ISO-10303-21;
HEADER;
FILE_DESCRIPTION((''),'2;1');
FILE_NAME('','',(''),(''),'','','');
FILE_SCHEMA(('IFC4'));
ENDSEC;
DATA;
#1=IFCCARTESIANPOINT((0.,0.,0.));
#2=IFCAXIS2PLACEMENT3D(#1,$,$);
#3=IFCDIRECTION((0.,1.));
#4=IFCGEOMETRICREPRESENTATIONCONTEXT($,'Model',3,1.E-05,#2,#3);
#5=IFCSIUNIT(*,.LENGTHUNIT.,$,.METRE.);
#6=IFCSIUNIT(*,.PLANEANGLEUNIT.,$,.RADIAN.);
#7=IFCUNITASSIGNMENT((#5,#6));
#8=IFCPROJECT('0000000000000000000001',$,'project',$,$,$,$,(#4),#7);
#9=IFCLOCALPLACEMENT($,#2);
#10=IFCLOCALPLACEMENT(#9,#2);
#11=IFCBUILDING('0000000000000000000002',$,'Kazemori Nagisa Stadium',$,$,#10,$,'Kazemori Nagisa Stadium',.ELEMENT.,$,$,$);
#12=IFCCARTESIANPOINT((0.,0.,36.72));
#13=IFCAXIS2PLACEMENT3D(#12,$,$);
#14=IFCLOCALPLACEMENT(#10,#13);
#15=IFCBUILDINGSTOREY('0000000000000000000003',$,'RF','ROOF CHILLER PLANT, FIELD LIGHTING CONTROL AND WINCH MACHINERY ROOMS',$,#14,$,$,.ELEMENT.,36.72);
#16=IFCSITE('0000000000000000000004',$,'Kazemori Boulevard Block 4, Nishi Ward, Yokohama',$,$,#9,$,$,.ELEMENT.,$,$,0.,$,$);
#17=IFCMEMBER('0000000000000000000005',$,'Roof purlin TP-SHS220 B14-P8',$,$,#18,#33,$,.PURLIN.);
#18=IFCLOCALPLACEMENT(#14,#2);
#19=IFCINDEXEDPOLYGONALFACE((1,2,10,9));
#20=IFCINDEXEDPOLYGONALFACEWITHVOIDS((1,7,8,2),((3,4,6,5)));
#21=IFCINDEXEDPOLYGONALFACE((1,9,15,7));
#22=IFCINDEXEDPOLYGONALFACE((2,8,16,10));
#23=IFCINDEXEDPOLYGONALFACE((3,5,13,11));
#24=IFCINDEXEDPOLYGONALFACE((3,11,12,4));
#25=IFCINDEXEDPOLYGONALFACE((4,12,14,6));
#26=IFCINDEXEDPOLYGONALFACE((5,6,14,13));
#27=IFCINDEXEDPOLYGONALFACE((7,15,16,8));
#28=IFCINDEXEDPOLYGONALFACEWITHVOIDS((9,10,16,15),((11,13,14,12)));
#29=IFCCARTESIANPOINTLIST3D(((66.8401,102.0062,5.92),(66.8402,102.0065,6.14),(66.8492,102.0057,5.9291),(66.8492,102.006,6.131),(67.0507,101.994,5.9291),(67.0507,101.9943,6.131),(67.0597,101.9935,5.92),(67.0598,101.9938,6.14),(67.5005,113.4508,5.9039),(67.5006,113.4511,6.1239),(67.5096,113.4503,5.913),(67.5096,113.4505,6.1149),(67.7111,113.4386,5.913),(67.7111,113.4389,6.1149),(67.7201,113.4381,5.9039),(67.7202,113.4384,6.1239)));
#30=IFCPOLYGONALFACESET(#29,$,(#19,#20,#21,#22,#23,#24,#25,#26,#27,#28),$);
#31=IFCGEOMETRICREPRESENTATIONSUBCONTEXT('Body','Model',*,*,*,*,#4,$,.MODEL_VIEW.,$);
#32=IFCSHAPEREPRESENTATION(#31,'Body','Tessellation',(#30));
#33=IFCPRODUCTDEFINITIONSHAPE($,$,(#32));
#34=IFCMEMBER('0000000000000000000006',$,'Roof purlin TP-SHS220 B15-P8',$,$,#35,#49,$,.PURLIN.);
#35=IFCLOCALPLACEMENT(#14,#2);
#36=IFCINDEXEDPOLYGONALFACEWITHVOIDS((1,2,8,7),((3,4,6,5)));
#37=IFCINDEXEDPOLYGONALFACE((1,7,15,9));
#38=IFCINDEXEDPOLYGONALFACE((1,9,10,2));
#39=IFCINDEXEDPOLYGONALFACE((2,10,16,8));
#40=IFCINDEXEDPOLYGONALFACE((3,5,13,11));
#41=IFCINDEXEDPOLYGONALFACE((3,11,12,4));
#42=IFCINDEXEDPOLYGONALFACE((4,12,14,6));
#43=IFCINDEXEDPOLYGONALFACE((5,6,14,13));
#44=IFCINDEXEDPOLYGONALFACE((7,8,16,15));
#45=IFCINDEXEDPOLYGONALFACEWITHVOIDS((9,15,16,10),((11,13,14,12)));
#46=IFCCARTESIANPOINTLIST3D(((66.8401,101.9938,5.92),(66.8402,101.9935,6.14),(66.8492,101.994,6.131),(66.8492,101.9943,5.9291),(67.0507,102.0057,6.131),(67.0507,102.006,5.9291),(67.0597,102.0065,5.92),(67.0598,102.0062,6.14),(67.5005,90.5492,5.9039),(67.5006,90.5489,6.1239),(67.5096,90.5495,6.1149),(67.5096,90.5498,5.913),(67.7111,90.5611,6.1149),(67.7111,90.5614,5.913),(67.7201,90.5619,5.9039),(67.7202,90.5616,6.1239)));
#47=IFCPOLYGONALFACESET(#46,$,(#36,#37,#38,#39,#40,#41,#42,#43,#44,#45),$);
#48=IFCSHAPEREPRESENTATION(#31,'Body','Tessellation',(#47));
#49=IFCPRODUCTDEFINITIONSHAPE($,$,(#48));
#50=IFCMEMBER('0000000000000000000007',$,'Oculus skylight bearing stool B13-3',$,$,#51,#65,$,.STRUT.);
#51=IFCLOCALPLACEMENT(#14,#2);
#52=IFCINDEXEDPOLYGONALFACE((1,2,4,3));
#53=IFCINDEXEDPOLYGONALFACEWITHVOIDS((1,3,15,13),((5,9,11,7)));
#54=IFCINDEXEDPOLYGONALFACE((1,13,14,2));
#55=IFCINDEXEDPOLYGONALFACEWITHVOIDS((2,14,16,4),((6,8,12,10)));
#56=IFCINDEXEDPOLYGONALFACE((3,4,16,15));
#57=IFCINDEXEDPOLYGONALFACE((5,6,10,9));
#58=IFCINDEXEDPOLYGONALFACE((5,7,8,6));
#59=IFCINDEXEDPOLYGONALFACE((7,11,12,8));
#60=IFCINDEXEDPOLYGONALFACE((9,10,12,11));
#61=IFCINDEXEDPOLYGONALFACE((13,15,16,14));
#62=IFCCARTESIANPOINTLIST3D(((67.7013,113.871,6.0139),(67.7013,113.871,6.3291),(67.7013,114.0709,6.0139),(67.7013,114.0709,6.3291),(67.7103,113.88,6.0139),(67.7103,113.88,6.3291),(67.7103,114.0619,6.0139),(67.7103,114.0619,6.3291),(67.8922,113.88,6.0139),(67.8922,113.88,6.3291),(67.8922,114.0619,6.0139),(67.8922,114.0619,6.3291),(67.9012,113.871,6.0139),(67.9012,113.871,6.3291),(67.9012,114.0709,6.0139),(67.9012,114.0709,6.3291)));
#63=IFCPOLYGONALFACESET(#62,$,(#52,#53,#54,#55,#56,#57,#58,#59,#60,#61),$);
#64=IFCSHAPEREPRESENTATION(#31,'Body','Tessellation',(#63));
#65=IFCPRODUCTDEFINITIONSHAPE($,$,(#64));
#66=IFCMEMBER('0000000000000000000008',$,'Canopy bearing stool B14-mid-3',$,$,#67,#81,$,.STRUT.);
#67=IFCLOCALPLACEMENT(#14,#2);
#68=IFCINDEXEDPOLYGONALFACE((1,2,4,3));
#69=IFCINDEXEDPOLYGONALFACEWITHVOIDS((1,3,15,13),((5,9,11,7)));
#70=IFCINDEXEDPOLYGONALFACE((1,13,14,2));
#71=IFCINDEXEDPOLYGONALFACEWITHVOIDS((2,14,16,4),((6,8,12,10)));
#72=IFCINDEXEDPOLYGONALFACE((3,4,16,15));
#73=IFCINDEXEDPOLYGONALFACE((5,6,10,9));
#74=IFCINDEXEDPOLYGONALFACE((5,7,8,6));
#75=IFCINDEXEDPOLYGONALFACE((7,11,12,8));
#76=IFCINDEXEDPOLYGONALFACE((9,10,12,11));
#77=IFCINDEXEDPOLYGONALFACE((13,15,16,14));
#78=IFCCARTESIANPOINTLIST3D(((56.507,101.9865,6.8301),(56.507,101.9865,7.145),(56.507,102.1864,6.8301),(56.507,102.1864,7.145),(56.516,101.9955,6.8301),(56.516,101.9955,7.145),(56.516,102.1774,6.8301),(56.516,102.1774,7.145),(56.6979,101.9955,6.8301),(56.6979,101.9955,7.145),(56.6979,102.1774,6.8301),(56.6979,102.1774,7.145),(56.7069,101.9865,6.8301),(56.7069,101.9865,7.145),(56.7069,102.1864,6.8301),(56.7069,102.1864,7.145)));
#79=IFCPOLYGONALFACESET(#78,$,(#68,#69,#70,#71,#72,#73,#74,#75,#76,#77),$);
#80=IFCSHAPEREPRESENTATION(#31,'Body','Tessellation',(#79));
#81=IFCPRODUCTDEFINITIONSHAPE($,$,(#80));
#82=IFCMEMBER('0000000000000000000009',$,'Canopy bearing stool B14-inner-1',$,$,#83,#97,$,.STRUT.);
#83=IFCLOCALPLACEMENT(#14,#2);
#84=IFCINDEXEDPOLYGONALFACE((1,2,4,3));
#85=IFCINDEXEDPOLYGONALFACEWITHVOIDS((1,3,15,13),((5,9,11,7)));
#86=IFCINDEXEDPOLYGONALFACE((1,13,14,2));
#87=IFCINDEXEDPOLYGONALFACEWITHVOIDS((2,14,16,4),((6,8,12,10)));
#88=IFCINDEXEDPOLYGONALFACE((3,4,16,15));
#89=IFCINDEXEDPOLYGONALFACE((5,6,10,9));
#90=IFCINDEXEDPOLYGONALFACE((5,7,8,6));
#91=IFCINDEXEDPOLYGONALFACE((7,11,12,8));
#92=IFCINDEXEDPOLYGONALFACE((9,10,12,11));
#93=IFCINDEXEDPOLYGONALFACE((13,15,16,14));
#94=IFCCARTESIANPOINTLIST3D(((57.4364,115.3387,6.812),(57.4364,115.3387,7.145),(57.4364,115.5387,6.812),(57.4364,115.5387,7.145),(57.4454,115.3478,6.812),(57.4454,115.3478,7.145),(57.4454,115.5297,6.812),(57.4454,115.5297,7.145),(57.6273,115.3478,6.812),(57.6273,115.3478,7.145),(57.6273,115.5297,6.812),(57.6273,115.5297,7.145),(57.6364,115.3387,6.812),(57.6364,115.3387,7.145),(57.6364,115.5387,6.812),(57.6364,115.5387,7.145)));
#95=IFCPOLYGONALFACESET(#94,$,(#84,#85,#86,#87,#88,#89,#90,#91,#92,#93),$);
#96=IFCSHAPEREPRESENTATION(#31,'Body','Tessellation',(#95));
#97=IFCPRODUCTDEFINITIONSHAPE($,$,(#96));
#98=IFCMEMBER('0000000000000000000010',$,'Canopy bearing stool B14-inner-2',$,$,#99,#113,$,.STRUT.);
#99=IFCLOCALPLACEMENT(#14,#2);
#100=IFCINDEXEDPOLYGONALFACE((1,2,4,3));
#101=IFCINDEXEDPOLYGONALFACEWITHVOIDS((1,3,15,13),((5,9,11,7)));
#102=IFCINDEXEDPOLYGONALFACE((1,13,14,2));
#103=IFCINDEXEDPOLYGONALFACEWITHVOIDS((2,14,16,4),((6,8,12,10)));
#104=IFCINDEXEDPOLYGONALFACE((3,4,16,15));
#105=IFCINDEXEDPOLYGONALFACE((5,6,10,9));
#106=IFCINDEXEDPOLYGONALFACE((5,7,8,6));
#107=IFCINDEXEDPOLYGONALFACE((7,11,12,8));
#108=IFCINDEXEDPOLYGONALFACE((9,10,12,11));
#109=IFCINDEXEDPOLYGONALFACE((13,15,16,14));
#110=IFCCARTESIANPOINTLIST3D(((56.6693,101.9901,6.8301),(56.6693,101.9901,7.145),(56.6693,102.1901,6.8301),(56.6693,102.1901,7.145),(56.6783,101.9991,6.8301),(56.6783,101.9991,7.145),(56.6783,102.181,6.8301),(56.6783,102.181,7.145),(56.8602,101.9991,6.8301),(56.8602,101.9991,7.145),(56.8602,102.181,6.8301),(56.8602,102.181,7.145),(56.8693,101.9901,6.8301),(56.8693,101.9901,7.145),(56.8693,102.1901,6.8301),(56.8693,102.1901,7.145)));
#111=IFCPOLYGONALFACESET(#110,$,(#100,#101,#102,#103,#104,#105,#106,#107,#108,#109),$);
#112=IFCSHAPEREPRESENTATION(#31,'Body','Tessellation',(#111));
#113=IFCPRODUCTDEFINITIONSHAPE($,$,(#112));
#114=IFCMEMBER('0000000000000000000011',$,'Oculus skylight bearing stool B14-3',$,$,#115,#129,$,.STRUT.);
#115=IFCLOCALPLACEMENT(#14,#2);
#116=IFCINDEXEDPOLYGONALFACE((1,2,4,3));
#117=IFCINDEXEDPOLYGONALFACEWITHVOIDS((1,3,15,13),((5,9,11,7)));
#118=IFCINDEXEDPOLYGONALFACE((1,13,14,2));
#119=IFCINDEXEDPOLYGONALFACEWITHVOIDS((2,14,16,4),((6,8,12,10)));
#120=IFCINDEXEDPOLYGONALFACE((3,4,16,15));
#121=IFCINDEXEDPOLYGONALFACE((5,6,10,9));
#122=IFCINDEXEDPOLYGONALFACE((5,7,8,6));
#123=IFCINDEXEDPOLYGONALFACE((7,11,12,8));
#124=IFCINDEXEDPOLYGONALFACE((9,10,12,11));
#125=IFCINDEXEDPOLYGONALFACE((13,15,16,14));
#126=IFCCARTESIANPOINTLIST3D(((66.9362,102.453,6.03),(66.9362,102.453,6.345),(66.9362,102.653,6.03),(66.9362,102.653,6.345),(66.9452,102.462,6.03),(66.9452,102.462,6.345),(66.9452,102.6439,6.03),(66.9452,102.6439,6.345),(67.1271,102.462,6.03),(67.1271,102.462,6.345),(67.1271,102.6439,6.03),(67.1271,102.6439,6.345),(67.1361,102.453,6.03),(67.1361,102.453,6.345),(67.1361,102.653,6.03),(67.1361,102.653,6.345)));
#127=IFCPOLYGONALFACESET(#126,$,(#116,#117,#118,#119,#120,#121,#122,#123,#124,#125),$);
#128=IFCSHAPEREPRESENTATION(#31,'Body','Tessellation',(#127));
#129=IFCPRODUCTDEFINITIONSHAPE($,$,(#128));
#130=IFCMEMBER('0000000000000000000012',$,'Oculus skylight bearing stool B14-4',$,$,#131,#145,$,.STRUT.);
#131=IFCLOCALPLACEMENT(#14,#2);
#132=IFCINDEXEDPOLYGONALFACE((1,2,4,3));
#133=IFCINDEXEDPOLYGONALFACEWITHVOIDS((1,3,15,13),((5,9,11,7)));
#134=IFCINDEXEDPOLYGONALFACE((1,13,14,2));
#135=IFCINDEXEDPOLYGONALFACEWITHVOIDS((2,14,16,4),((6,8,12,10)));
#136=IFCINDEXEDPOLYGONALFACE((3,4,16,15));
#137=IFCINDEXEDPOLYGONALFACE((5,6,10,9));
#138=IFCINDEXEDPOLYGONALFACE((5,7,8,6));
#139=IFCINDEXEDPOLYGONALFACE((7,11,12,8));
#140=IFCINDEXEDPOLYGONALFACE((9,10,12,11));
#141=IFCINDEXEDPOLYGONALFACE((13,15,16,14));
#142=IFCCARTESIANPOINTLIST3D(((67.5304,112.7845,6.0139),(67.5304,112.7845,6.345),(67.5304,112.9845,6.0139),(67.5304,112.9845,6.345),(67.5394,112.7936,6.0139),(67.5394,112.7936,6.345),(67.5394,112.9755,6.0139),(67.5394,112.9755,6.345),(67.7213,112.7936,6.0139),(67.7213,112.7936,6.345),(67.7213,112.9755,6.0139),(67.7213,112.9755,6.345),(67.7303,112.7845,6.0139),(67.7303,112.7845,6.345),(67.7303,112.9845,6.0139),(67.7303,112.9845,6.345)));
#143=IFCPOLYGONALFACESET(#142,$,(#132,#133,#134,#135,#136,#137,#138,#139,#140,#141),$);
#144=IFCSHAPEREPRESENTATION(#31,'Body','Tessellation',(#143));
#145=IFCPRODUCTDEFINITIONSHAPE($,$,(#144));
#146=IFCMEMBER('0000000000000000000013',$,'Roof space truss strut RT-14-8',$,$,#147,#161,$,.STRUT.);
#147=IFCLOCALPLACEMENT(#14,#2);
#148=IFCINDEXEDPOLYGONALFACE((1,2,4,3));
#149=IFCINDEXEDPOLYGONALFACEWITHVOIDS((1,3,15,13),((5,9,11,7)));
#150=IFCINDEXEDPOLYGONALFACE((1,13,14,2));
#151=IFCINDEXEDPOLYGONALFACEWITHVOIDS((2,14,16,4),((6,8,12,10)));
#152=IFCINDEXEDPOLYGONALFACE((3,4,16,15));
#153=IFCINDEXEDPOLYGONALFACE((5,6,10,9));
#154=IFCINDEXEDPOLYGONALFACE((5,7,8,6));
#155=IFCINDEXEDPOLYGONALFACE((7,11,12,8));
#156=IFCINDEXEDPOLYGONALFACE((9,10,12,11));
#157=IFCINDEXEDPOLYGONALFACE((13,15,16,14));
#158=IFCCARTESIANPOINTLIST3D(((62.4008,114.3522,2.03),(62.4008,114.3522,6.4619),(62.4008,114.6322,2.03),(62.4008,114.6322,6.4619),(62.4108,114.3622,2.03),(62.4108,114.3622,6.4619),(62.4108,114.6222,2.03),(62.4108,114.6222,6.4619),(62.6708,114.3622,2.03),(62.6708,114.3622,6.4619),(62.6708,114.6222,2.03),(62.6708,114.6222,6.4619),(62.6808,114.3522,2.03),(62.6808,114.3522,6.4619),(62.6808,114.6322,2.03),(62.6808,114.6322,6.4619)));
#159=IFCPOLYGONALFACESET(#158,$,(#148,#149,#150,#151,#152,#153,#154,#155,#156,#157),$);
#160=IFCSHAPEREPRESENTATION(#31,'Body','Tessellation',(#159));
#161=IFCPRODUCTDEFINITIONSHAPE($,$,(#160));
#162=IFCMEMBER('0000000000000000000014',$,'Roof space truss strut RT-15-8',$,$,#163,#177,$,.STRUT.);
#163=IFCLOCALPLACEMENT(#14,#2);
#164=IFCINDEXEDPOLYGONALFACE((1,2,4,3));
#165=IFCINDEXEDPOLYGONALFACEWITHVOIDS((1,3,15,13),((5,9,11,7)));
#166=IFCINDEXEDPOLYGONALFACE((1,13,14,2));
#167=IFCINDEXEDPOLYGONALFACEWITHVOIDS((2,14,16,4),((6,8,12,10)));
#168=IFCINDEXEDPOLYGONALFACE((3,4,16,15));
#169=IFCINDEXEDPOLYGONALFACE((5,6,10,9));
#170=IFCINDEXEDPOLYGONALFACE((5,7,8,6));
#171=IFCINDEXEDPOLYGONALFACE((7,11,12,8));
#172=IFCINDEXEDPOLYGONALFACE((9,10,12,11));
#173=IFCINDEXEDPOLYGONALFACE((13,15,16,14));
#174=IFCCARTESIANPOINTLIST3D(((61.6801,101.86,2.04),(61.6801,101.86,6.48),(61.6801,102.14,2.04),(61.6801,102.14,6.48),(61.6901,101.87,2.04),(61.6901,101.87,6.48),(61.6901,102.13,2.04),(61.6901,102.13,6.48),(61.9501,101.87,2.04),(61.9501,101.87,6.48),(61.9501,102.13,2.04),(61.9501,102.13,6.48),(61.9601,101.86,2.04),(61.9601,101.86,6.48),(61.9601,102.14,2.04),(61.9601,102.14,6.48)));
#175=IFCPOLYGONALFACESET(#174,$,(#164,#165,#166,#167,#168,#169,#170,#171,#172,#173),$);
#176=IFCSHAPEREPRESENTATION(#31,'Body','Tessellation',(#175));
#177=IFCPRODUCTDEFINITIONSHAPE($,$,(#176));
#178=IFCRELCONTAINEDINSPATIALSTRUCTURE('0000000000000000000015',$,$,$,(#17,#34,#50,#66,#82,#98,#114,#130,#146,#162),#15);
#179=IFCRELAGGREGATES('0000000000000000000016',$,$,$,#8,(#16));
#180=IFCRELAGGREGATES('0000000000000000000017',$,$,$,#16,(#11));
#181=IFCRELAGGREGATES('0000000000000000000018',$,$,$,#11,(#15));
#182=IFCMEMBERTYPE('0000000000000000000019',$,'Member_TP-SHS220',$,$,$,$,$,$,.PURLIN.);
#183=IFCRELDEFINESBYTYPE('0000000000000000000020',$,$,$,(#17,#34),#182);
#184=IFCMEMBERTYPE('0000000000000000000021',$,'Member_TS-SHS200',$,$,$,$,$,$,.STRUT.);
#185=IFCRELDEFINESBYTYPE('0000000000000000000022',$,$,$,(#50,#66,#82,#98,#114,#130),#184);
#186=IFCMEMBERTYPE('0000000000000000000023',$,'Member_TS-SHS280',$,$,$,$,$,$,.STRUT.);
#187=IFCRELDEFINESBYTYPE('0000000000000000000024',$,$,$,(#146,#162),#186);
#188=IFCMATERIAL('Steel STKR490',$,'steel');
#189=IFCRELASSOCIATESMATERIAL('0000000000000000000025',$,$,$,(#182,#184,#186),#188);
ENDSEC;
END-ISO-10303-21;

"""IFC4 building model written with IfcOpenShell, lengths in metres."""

from ifc_helpers import new_model, si_unit, direction, frame, origin, origin_2d, place, context, subcontext, project, spatial, hollow_rectangle, extrude, material, material_profile, profile_set, type_object, element, save


model = new_model("IFC4")

# Units and contexts
model_context = context("Model", 3, precision=1e-05, world=origin(), true_north=direction((0.0, 1.0)))
body_context = subcontext(model_context, "Body", "Model", "MODEL_VIEW")
ifc_project = project(units=[si_unit("LENGTHUNIT", "METRE"), si_unit("PLANEANGLEUNIT", "RADIAN")], contexts=[model_context])

# Site, building, storey
site_placement = place(None, origin())
site = spatial("IfcSite", under=ifc_project, at=site_placement, Name="Kazemori Boulevard Block 4, Nishi Ward, Yokohama", CompositionType="ELEMENT", RefElevation=0.0)
building_placement = place(site_placement, origin())
building = spatial("IfcBuilding", under=site, at=building_placement, Name="Kazemori Nagisa Stadium", LongName="Kazemori Nagisa Stadium", CompositionType="ELEMENT")
storey_placement = place(building_placement, frame((0.0, 0.0, 36.72)))
storey = spatial("IfcBuildingStorey", under=building, at=storey_placement, Name="RF", Description="ROOF CHILLER PLANT, FIELD LIGHTING CONTROL AND WINCH MACHINERY ROOMS", CompositionType="ELEMENT", Elevation=36.72)

# Members
ifc_material_1 = material(Name="Steel STKR490", Category="steel")
ifc_material_profile_1 = material_profile(ifc_material_1, hollow_rectangle(XDim=0.22, YDim=0.22, WallThickness=0.009, at=origin_2d()), Name="SHS-220x220x9")
ifc_profile_set_1 = profile_set([ifc_material_profile_1], Name="Steel STKR490")
member_type_1 = type_object("IfcMemberType", Name="Member_TP-SHS220", PredefinedType="PURLIN", material=ifc_profile_set_1)
for number, where, z_axis, x_axis, name in (
    (1, (67.6104, 113.4446, 6.0139), (-0.057608, -0.998338, 0.001406), (0.998339, -0.057608, 0.0), "Roof purlin TP-SHS220 B14-P8"),
    (2, (66.95, 102.0, 6.03), (0.057608, -0.998338, -0.001406), (0.998339, 0.057608, 0.0), "Roof purlin TP-SHS220 B15-P8"),
):
    element("IfcMember", number, at=place(storey_placement, frame(where, z_axis=z_axis, x_axis=x_axis)), inside=storey, type_object=member_type_1, Name=name, PredefinedType="PURLIN", context=body_context, shape_type="SweptSolid", body=[
        extrude(hollow_rectangle(XDim=0.22, YDim=0.22, WallThickness=0.009, at=origin_2d()), origin(), (0.0, 0.0, 1.0), 11.4636),
    ])
ifc_material_profile_2 = material_profile(ifc_material_1, hollow_rectangle(XDim=0.2, YDim=0.2, WallThickness=0.009, at=origin_2d()), Name="SHS-200x200x9")
ifc_profile_set_2 = profile_set([ifc_material_profile_2], Name="Steel STKR490")
member_type_2 = type_object("IfcMemberType", Name="Member_TS-SHS200", PredefinedType="STRUT", material=ifc_profile_set_2)
member_1_placement = place(storey_placement, frame((67.8013, 113.9709, 6.0139), z_axis=(0.0, 0.0, 1.0), x_axis=(1.0, 0.0, 0.0)))
element("IfcMember", 3, at=member_1_placement, inside=storey, type_object=member_type_2, Name="Oculus skylight bearing stool B13-3", PredefinedType="STRUT", context=body_context, shape_type="SweptSolid", body=[
    extrude(hollow_rectangle(XDim=0.2, YDim=0.2, WallThickness=0.009, at=origin_2d()), origin(), (0.0, 0.0, 1.0), 0.3152),
])
member_2_placement = place(storey_placement, frame((56.6069, 102.0864, 6.8301), z_axis=(0.0, 0.0, 1.0), x_axis=(1.0, 0.0, 0.0)))
element("IfcMember", 4, at=member_2_placement, inside=storey, type_object=member_type_2, Name="Canopy bearing stool B14-mid-3", PredefinedType="STRUT", context=body_context, shape_type="SweptSolid", body=[
    extrude(hollow_rectangle(XDim=0.2, YDim=0.2, WallThickness=0.009, at=origin_2d()), origin(), (0.0, 0.0, 1.0), 0.3149),
])
member_3_placement = place(storey_placement, frame((57.5364, 115.4387, 6.812), z_axis=(0.0, 0.0, 1.0), x_axis=(1.0, 0.0, 0.0)))
element("IfcMember", 5, at=member_3_placement, inside=storey, type_object=member_type_2, Name="Canopy bearing stool B14-inner-1", PredefinedType="STRUT", context=body_context, shape_type="SweptSolid", body=[
    extrude(hollow_rectangle(XDim=0.2, YDim=0.2, WallThickness=0.009, at=origin_2d()), origin(), (0.0, 0.0, 1.0), 0.333),
])
for number, where, z_axis, x_axis, name in (
    (6, (56.7693, 102.0901, 6.8301), (0.0, 0.0, 1.0), (1.0, 0.0, 0.0), "Canopy bearing stool B14-inner-2"),
    (7, (67.0361, 102.553, 6.03), (0.0, 0.0, 1.0), (1.0, 0.0, 0.0), "Oculus skylight bearing stool B14-3"),
):
    element("IfcMember", number, at=place(storey_placement, frame(where, z_axis=z_axis, x_axis=x_axis)), inside=storey, type_object=member_type_2, Name=name, PredefinedType="STRUT", context=body_context, shape_type="SweptSolid", body=[
        extrude(hollow_rectangle(XDim=0.2, YDim=0.2, WallThickness=0.009, at=origin_2d()), origin(), (0.0, 0.0, 1.0), 0.3149),
    ])
member_4_placement = place(storey_placement, frame((67.6304, 112.8845, 6.0139), z_axis=(0.0, 0.0, 1.0), x_axis=(1.0, 0.0, 0.0)))
element("IfcMember", 8, at=member_4_placement, inside=storey, type_object=member_type_2, Name="Oculus skylight bearing stool B14-4", PredefinedType="STRUT", context=body_context, shape_type="SweptSolid", body=[
    extrude(hollow_rectangle(XDim=0.2, YDim=0.2, WallThickness=0.009, at=origin_2d()), origin(), (0.0, 0.0, 1.0), 0.3311),
])
ifc_material_profile_3 = material_profile(ifc_material_1, hollow_rectangle(XDim=0.28, YDim=0.28, WallThickness=0.01, at=origin_2d()), Name="SHS-280x280x10")
ifc_profile_set_3 = profile_set([ifc_material_profile_3], Name="Steel STKR490")
member_type_3 = type_object("IfcMemberType", Name="Member_TS-SHS280", PredefinedType="STRUT", material=ifc_profile_set_3)
member_5_placement = place(storey_placement, frame((62.5408, 114.4922, 2.03), z_axis=(0.0, 0.0, 1.0), x_axis=(1.0, 0.0, 0.0)))
element("IfcMember", 9, at=member_5_placement, inside=storey, type_object=member_type_3, Name="Roof space truss strut RT-14-8", PredefinedType="STRUT", context=body_context, shape_type="SweptSolid", body=[
    extrude(hollow_rectangle(XDim=0.28, YDim=0.28, WallThickness=0.01, at=origin_2d()), origin(), (0.0, 0.0, 1.0), 4.4319),
])
member_6_placement = place(storey_placement, frame((61.8201, 102.0, 2.04), z_axis=(0.0, 0.0, 1.0), x_axis=(1.0, 0.0, 0.0)))
element("IfcMember", 10, at=member_6_placement, inside=storey, type_object=member_type_3, Name="Roof space truss strut RT-15-8", PredefinedType="STRUT", context=body_context, shape_type="SweptSolid", body=[
    extrude(hollow_rectangle(XDim=0.28, YDim=0.28, WallThickness=0.01, at=origin_2d()), origin(), (0.0, 0.0, 1.0), 4.4399),
])

save(model, "model.ifc")
